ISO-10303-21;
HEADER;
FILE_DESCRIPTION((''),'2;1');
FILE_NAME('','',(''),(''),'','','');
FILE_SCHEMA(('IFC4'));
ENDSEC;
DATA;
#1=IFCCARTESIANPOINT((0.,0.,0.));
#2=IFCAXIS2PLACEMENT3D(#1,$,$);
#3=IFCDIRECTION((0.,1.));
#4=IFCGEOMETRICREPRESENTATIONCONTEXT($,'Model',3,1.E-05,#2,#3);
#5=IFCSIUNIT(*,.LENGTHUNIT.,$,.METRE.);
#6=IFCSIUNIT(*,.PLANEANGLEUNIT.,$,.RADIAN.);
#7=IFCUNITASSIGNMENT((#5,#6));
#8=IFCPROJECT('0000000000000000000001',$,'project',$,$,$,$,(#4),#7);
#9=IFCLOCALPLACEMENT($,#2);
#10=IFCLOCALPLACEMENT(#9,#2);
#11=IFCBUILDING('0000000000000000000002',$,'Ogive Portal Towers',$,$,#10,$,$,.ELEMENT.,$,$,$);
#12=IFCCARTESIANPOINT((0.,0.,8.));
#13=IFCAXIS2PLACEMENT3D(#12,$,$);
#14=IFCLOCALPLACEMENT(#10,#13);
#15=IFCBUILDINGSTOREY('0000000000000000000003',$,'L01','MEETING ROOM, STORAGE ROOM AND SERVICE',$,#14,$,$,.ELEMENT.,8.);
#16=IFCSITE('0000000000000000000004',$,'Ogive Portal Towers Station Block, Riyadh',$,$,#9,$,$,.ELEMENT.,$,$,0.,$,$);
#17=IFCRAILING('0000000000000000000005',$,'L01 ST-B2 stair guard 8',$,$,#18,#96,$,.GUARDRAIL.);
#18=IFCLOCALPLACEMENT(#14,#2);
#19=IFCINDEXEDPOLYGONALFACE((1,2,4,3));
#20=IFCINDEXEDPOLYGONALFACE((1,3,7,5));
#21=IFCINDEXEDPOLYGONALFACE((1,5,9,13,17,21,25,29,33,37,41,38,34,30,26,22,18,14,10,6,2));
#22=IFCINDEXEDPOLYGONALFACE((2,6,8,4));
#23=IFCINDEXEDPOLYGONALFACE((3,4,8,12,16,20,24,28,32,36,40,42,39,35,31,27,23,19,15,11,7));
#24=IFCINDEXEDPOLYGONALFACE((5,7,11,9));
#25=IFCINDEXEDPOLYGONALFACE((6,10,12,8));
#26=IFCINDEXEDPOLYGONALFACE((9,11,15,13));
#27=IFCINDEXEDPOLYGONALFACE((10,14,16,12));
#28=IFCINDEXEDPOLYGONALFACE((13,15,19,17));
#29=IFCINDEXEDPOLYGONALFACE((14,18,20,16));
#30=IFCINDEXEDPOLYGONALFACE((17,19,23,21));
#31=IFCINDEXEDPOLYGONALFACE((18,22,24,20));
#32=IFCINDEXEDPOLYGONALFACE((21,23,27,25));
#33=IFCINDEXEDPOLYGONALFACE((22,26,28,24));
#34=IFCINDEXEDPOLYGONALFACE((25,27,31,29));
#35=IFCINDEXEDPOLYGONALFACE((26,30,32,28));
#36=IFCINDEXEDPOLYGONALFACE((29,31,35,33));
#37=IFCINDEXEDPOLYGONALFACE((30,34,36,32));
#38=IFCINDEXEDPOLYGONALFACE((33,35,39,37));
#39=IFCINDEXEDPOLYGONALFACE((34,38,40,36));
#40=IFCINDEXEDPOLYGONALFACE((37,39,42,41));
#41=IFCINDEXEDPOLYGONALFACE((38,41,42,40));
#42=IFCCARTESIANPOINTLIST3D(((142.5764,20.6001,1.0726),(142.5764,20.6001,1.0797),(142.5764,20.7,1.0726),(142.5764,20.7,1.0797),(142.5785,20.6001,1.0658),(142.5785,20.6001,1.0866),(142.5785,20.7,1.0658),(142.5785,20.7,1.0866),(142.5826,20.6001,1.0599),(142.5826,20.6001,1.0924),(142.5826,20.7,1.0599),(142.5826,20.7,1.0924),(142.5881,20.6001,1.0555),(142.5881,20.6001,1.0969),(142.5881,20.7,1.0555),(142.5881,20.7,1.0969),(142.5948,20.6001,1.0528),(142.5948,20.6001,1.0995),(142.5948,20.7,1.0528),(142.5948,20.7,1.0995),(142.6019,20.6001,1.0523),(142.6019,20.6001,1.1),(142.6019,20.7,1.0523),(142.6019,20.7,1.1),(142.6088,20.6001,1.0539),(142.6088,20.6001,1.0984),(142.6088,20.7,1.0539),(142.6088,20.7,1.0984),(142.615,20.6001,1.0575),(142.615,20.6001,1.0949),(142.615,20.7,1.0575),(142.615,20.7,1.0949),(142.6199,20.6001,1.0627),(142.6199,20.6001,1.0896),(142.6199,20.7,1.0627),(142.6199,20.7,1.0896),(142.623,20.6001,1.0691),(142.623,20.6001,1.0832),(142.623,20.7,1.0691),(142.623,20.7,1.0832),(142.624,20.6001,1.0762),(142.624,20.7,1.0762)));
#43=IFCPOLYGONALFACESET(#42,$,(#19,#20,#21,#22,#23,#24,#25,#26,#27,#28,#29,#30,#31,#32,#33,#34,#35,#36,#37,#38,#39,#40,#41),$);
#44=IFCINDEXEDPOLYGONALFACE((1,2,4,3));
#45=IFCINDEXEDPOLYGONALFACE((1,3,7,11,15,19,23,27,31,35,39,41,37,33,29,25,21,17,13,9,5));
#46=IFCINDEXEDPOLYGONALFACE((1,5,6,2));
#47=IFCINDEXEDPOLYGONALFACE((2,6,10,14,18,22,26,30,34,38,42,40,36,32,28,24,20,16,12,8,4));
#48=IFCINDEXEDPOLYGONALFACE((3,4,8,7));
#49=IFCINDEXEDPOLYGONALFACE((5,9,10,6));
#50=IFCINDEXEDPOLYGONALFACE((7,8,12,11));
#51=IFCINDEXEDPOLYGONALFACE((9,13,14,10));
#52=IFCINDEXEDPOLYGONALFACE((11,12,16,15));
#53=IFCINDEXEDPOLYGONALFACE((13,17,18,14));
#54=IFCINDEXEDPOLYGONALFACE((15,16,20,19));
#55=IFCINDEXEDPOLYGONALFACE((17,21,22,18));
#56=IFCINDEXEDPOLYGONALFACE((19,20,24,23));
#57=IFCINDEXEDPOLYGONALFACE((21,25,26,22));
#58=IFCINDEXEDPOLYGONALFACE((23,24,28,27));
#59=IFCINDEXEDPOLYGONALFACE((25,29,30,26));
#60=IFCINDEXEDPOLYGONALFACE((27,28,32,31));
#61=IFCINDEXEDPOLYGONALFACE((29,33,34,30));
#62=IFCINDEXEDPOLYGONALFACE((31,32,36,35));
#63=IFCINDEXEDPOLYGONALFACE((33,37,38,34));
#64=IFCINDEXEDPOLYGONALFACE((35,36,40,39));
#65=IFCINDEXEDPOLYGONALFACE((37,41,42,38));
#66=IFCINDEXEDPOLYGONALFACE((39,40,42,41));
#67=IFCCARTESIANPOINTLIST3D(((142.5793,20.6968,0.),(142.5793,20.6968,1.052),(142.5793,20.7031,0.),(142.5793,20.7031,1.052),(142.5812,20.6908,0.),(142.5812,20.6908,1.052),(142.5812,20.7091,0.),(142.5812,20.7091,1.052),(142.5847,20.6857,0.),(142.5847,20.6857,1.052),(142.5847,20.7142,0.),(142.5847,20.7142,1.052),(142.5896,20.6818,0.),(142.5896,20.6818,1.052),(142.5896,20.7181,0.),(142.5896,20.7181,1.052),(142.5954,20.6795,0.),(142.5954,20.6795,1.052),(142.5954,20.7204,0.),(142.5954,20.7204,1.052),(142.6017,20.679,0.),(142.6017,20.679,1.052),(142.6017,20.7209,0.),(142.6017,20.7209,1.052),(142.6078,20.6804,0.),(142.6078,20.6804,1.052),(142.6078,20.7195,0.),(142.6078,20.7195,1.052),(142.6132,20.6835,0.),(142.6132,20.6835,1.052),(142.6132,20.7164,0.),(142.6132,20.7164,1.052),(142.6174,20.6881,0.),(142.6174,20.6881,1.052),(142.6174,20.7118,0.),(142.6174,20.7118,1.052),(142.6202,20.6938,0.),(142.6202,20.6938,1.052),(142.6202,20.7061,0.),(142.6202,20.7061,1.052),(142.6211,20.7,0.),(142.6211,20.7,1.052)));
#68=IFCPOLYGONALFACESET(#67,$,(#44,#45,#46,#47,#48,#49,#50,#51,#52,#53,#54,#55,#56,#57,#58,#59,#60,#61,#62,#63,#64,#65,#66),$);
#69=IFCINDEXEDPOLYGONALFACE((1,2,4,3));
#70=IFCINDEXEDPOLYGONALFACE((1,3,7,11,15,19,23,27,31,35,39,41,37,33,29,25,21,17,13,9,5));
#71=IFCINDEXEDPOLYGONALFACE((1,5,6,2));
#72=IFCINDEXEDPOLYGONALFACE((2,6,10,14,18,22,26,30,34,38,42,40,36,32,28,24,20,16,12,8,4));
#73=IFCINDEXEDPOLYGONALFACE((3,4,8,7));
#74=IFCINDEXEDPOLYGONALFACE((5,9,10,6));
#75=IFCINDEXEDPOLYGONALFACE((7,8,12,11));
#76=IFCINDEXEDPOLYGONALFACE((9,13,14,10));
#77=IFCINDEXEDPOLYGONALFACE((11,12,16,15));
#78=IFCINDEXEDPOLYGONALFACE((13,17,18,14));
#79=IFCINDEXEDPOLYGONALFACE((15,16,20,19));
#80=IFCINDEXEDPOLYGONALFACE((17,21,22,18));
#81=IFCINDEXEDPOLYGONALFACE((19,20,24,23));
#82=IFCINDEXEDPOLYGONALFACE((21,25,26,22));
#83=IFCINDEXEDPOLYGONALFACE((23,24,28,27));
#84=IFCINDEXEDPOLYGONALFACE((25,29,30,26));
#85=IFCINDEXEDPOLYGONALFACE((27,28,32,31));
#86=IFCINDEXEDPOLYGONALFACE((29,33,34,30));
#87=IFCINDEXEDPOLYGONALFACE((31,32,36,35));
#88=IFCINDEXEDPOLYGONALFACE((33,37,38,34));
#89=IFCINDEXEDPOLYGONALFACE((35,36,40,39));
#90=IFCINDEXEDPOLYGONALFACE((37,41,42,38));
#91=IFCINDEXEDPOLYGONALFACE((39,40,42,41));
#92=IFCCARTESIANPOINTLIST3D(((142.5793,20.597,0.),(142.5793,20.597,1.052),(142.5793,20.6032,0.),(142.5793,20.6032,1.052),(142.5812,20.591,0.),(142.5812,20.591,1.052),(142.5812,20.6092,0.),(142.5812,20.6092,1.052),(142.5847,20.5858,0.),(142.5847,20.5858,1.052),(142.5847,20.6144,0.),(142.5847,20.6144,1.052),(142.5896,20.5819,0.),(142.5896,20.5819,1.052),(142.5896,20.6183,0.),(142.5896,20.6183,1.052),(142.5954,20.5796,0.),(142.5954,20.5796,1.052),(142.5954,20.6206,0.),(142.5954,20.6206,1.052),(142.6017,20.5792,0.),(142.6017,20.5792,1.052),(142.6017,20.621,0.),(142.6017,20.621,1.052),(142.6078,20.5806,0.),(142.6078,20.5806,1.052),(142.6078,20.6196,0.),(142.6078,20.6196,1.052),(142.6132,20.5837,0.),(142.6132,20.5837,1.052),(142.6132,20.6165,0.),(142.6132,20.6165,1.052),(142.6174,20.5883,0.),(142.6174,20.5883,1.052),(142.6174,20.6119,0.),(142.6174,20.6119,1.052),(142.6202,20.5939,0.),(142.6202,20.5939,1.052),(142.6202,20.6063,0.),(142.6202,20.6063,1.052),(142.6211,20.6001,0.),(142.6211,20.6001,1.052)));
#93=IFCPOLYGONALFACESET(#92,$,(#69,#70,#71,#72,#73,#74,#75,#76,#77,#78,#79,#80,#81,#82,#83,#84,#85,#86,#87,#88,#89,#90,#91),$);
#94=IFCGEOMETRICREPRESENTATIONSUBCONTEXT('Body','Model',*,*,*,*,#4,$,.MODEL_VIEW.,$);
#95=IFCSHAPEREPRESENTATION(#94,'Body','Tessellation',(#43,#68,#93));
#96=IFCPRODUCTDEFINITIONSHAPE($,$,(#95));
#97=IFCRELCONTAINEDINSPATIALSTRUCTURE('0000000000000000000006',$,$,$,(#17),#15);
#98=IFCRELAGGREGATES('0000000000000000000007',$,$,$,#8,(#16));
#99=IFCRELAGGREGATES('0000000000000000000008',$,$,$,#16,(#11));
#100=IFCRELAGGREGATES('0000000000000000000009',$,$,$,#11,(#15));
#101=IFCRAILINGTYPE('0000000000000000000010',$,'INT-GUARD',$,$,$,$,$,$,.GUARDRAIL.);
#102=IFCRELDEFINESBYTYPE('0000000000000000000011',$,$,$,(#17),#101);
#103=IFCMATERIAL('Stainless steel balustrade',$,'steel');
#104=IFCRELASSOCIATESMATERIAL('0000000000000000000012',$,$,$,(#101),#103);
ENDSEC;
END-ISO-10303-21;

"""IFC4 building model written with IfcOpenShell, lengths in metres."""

from ifc_helpers import new_model, si_unit, direction, frame, origin, origin_2d, place, context, subcontext, project, spatial, circle, extrude, material, type_object, element, save


model = new_model("IFC4")

# Units and contexts
model_context = context("Model", 3, precision=1e-05, world=origin(), true_north=direction((0.0, 1.0)))
body_context = subcontext(model_context, "Body", "Model", "MODEL_VIEW")
ifc_project = project(units=[si_unit("LENGTHUNIT", "METRE"), si_unit("PLANEANGLEUNIT", "RADIAN")], contexts=[model_context])

# Site, building, storey
site_placement = place(None, origin())
site = spatial("IfcSite", under=ifc_project, at=site_placement, Name="Ogive Portal Towers Station Block, Riyadh", CompositionType="ELEMENT", RefElevation=0.0)
building_placement = place(site_placement, origin())
building = spatial("IfcBuilding", under=site, at=building_placement, Name="Ogive Portal Towers", CompositionType="ELEMENT")
storey_placement = place(building_placement, frame((0.0, 0.0, 8.0)))
storey = spatial("IfcBuildingStorey", under=building, at=storey_placement, Name="L01", Description="MEETING ROOM, STORAGE ROOM AND SERVICE", CompositionType="ELEMENT", Elevation=8.0)

# Railing
ifc_material_1 = material(Name="Stainless steel balustrade", Category="steel")
railing_type_1 = type_object("IfcRailingType", Name="INT-GUARD", PredefinedType="GUARDRAIL", material=ifc_material_1)
railing_1_placement = place(storey_placement, frame((142.6001, 20.7, 0.0)))
element("IfcRailing", 1, at=railing_1_placement, inside=storey, type_object=railing_type_1, Name="L01 ST-B2 stair guard 8", PredefinedType="GUARDRAIL", context=body_context, shape_type="SweptSolid", body=[
    extrude(circle(Radius=0.0239, at=origin_2d()), frame((0.0, 0.0, 1.0762), z_axis=(0.0, -1.0, 0.0), x_axis=(1.0, 0.0, 0.0)), (0.0, 0.0, 1.0), 0.0999),
    extrude(circle(Radius=0.021, at=origin_2d()), origin(), (0.0, 0.0, 1.0), 1.052),
    extrude(circle(Radius=0.021, at=origin_2d()), frame((0.0, -0.0999, 0.0)), (0.0, 0.0, 1.0), 1.052),
])

save(model, "model.ifc")
